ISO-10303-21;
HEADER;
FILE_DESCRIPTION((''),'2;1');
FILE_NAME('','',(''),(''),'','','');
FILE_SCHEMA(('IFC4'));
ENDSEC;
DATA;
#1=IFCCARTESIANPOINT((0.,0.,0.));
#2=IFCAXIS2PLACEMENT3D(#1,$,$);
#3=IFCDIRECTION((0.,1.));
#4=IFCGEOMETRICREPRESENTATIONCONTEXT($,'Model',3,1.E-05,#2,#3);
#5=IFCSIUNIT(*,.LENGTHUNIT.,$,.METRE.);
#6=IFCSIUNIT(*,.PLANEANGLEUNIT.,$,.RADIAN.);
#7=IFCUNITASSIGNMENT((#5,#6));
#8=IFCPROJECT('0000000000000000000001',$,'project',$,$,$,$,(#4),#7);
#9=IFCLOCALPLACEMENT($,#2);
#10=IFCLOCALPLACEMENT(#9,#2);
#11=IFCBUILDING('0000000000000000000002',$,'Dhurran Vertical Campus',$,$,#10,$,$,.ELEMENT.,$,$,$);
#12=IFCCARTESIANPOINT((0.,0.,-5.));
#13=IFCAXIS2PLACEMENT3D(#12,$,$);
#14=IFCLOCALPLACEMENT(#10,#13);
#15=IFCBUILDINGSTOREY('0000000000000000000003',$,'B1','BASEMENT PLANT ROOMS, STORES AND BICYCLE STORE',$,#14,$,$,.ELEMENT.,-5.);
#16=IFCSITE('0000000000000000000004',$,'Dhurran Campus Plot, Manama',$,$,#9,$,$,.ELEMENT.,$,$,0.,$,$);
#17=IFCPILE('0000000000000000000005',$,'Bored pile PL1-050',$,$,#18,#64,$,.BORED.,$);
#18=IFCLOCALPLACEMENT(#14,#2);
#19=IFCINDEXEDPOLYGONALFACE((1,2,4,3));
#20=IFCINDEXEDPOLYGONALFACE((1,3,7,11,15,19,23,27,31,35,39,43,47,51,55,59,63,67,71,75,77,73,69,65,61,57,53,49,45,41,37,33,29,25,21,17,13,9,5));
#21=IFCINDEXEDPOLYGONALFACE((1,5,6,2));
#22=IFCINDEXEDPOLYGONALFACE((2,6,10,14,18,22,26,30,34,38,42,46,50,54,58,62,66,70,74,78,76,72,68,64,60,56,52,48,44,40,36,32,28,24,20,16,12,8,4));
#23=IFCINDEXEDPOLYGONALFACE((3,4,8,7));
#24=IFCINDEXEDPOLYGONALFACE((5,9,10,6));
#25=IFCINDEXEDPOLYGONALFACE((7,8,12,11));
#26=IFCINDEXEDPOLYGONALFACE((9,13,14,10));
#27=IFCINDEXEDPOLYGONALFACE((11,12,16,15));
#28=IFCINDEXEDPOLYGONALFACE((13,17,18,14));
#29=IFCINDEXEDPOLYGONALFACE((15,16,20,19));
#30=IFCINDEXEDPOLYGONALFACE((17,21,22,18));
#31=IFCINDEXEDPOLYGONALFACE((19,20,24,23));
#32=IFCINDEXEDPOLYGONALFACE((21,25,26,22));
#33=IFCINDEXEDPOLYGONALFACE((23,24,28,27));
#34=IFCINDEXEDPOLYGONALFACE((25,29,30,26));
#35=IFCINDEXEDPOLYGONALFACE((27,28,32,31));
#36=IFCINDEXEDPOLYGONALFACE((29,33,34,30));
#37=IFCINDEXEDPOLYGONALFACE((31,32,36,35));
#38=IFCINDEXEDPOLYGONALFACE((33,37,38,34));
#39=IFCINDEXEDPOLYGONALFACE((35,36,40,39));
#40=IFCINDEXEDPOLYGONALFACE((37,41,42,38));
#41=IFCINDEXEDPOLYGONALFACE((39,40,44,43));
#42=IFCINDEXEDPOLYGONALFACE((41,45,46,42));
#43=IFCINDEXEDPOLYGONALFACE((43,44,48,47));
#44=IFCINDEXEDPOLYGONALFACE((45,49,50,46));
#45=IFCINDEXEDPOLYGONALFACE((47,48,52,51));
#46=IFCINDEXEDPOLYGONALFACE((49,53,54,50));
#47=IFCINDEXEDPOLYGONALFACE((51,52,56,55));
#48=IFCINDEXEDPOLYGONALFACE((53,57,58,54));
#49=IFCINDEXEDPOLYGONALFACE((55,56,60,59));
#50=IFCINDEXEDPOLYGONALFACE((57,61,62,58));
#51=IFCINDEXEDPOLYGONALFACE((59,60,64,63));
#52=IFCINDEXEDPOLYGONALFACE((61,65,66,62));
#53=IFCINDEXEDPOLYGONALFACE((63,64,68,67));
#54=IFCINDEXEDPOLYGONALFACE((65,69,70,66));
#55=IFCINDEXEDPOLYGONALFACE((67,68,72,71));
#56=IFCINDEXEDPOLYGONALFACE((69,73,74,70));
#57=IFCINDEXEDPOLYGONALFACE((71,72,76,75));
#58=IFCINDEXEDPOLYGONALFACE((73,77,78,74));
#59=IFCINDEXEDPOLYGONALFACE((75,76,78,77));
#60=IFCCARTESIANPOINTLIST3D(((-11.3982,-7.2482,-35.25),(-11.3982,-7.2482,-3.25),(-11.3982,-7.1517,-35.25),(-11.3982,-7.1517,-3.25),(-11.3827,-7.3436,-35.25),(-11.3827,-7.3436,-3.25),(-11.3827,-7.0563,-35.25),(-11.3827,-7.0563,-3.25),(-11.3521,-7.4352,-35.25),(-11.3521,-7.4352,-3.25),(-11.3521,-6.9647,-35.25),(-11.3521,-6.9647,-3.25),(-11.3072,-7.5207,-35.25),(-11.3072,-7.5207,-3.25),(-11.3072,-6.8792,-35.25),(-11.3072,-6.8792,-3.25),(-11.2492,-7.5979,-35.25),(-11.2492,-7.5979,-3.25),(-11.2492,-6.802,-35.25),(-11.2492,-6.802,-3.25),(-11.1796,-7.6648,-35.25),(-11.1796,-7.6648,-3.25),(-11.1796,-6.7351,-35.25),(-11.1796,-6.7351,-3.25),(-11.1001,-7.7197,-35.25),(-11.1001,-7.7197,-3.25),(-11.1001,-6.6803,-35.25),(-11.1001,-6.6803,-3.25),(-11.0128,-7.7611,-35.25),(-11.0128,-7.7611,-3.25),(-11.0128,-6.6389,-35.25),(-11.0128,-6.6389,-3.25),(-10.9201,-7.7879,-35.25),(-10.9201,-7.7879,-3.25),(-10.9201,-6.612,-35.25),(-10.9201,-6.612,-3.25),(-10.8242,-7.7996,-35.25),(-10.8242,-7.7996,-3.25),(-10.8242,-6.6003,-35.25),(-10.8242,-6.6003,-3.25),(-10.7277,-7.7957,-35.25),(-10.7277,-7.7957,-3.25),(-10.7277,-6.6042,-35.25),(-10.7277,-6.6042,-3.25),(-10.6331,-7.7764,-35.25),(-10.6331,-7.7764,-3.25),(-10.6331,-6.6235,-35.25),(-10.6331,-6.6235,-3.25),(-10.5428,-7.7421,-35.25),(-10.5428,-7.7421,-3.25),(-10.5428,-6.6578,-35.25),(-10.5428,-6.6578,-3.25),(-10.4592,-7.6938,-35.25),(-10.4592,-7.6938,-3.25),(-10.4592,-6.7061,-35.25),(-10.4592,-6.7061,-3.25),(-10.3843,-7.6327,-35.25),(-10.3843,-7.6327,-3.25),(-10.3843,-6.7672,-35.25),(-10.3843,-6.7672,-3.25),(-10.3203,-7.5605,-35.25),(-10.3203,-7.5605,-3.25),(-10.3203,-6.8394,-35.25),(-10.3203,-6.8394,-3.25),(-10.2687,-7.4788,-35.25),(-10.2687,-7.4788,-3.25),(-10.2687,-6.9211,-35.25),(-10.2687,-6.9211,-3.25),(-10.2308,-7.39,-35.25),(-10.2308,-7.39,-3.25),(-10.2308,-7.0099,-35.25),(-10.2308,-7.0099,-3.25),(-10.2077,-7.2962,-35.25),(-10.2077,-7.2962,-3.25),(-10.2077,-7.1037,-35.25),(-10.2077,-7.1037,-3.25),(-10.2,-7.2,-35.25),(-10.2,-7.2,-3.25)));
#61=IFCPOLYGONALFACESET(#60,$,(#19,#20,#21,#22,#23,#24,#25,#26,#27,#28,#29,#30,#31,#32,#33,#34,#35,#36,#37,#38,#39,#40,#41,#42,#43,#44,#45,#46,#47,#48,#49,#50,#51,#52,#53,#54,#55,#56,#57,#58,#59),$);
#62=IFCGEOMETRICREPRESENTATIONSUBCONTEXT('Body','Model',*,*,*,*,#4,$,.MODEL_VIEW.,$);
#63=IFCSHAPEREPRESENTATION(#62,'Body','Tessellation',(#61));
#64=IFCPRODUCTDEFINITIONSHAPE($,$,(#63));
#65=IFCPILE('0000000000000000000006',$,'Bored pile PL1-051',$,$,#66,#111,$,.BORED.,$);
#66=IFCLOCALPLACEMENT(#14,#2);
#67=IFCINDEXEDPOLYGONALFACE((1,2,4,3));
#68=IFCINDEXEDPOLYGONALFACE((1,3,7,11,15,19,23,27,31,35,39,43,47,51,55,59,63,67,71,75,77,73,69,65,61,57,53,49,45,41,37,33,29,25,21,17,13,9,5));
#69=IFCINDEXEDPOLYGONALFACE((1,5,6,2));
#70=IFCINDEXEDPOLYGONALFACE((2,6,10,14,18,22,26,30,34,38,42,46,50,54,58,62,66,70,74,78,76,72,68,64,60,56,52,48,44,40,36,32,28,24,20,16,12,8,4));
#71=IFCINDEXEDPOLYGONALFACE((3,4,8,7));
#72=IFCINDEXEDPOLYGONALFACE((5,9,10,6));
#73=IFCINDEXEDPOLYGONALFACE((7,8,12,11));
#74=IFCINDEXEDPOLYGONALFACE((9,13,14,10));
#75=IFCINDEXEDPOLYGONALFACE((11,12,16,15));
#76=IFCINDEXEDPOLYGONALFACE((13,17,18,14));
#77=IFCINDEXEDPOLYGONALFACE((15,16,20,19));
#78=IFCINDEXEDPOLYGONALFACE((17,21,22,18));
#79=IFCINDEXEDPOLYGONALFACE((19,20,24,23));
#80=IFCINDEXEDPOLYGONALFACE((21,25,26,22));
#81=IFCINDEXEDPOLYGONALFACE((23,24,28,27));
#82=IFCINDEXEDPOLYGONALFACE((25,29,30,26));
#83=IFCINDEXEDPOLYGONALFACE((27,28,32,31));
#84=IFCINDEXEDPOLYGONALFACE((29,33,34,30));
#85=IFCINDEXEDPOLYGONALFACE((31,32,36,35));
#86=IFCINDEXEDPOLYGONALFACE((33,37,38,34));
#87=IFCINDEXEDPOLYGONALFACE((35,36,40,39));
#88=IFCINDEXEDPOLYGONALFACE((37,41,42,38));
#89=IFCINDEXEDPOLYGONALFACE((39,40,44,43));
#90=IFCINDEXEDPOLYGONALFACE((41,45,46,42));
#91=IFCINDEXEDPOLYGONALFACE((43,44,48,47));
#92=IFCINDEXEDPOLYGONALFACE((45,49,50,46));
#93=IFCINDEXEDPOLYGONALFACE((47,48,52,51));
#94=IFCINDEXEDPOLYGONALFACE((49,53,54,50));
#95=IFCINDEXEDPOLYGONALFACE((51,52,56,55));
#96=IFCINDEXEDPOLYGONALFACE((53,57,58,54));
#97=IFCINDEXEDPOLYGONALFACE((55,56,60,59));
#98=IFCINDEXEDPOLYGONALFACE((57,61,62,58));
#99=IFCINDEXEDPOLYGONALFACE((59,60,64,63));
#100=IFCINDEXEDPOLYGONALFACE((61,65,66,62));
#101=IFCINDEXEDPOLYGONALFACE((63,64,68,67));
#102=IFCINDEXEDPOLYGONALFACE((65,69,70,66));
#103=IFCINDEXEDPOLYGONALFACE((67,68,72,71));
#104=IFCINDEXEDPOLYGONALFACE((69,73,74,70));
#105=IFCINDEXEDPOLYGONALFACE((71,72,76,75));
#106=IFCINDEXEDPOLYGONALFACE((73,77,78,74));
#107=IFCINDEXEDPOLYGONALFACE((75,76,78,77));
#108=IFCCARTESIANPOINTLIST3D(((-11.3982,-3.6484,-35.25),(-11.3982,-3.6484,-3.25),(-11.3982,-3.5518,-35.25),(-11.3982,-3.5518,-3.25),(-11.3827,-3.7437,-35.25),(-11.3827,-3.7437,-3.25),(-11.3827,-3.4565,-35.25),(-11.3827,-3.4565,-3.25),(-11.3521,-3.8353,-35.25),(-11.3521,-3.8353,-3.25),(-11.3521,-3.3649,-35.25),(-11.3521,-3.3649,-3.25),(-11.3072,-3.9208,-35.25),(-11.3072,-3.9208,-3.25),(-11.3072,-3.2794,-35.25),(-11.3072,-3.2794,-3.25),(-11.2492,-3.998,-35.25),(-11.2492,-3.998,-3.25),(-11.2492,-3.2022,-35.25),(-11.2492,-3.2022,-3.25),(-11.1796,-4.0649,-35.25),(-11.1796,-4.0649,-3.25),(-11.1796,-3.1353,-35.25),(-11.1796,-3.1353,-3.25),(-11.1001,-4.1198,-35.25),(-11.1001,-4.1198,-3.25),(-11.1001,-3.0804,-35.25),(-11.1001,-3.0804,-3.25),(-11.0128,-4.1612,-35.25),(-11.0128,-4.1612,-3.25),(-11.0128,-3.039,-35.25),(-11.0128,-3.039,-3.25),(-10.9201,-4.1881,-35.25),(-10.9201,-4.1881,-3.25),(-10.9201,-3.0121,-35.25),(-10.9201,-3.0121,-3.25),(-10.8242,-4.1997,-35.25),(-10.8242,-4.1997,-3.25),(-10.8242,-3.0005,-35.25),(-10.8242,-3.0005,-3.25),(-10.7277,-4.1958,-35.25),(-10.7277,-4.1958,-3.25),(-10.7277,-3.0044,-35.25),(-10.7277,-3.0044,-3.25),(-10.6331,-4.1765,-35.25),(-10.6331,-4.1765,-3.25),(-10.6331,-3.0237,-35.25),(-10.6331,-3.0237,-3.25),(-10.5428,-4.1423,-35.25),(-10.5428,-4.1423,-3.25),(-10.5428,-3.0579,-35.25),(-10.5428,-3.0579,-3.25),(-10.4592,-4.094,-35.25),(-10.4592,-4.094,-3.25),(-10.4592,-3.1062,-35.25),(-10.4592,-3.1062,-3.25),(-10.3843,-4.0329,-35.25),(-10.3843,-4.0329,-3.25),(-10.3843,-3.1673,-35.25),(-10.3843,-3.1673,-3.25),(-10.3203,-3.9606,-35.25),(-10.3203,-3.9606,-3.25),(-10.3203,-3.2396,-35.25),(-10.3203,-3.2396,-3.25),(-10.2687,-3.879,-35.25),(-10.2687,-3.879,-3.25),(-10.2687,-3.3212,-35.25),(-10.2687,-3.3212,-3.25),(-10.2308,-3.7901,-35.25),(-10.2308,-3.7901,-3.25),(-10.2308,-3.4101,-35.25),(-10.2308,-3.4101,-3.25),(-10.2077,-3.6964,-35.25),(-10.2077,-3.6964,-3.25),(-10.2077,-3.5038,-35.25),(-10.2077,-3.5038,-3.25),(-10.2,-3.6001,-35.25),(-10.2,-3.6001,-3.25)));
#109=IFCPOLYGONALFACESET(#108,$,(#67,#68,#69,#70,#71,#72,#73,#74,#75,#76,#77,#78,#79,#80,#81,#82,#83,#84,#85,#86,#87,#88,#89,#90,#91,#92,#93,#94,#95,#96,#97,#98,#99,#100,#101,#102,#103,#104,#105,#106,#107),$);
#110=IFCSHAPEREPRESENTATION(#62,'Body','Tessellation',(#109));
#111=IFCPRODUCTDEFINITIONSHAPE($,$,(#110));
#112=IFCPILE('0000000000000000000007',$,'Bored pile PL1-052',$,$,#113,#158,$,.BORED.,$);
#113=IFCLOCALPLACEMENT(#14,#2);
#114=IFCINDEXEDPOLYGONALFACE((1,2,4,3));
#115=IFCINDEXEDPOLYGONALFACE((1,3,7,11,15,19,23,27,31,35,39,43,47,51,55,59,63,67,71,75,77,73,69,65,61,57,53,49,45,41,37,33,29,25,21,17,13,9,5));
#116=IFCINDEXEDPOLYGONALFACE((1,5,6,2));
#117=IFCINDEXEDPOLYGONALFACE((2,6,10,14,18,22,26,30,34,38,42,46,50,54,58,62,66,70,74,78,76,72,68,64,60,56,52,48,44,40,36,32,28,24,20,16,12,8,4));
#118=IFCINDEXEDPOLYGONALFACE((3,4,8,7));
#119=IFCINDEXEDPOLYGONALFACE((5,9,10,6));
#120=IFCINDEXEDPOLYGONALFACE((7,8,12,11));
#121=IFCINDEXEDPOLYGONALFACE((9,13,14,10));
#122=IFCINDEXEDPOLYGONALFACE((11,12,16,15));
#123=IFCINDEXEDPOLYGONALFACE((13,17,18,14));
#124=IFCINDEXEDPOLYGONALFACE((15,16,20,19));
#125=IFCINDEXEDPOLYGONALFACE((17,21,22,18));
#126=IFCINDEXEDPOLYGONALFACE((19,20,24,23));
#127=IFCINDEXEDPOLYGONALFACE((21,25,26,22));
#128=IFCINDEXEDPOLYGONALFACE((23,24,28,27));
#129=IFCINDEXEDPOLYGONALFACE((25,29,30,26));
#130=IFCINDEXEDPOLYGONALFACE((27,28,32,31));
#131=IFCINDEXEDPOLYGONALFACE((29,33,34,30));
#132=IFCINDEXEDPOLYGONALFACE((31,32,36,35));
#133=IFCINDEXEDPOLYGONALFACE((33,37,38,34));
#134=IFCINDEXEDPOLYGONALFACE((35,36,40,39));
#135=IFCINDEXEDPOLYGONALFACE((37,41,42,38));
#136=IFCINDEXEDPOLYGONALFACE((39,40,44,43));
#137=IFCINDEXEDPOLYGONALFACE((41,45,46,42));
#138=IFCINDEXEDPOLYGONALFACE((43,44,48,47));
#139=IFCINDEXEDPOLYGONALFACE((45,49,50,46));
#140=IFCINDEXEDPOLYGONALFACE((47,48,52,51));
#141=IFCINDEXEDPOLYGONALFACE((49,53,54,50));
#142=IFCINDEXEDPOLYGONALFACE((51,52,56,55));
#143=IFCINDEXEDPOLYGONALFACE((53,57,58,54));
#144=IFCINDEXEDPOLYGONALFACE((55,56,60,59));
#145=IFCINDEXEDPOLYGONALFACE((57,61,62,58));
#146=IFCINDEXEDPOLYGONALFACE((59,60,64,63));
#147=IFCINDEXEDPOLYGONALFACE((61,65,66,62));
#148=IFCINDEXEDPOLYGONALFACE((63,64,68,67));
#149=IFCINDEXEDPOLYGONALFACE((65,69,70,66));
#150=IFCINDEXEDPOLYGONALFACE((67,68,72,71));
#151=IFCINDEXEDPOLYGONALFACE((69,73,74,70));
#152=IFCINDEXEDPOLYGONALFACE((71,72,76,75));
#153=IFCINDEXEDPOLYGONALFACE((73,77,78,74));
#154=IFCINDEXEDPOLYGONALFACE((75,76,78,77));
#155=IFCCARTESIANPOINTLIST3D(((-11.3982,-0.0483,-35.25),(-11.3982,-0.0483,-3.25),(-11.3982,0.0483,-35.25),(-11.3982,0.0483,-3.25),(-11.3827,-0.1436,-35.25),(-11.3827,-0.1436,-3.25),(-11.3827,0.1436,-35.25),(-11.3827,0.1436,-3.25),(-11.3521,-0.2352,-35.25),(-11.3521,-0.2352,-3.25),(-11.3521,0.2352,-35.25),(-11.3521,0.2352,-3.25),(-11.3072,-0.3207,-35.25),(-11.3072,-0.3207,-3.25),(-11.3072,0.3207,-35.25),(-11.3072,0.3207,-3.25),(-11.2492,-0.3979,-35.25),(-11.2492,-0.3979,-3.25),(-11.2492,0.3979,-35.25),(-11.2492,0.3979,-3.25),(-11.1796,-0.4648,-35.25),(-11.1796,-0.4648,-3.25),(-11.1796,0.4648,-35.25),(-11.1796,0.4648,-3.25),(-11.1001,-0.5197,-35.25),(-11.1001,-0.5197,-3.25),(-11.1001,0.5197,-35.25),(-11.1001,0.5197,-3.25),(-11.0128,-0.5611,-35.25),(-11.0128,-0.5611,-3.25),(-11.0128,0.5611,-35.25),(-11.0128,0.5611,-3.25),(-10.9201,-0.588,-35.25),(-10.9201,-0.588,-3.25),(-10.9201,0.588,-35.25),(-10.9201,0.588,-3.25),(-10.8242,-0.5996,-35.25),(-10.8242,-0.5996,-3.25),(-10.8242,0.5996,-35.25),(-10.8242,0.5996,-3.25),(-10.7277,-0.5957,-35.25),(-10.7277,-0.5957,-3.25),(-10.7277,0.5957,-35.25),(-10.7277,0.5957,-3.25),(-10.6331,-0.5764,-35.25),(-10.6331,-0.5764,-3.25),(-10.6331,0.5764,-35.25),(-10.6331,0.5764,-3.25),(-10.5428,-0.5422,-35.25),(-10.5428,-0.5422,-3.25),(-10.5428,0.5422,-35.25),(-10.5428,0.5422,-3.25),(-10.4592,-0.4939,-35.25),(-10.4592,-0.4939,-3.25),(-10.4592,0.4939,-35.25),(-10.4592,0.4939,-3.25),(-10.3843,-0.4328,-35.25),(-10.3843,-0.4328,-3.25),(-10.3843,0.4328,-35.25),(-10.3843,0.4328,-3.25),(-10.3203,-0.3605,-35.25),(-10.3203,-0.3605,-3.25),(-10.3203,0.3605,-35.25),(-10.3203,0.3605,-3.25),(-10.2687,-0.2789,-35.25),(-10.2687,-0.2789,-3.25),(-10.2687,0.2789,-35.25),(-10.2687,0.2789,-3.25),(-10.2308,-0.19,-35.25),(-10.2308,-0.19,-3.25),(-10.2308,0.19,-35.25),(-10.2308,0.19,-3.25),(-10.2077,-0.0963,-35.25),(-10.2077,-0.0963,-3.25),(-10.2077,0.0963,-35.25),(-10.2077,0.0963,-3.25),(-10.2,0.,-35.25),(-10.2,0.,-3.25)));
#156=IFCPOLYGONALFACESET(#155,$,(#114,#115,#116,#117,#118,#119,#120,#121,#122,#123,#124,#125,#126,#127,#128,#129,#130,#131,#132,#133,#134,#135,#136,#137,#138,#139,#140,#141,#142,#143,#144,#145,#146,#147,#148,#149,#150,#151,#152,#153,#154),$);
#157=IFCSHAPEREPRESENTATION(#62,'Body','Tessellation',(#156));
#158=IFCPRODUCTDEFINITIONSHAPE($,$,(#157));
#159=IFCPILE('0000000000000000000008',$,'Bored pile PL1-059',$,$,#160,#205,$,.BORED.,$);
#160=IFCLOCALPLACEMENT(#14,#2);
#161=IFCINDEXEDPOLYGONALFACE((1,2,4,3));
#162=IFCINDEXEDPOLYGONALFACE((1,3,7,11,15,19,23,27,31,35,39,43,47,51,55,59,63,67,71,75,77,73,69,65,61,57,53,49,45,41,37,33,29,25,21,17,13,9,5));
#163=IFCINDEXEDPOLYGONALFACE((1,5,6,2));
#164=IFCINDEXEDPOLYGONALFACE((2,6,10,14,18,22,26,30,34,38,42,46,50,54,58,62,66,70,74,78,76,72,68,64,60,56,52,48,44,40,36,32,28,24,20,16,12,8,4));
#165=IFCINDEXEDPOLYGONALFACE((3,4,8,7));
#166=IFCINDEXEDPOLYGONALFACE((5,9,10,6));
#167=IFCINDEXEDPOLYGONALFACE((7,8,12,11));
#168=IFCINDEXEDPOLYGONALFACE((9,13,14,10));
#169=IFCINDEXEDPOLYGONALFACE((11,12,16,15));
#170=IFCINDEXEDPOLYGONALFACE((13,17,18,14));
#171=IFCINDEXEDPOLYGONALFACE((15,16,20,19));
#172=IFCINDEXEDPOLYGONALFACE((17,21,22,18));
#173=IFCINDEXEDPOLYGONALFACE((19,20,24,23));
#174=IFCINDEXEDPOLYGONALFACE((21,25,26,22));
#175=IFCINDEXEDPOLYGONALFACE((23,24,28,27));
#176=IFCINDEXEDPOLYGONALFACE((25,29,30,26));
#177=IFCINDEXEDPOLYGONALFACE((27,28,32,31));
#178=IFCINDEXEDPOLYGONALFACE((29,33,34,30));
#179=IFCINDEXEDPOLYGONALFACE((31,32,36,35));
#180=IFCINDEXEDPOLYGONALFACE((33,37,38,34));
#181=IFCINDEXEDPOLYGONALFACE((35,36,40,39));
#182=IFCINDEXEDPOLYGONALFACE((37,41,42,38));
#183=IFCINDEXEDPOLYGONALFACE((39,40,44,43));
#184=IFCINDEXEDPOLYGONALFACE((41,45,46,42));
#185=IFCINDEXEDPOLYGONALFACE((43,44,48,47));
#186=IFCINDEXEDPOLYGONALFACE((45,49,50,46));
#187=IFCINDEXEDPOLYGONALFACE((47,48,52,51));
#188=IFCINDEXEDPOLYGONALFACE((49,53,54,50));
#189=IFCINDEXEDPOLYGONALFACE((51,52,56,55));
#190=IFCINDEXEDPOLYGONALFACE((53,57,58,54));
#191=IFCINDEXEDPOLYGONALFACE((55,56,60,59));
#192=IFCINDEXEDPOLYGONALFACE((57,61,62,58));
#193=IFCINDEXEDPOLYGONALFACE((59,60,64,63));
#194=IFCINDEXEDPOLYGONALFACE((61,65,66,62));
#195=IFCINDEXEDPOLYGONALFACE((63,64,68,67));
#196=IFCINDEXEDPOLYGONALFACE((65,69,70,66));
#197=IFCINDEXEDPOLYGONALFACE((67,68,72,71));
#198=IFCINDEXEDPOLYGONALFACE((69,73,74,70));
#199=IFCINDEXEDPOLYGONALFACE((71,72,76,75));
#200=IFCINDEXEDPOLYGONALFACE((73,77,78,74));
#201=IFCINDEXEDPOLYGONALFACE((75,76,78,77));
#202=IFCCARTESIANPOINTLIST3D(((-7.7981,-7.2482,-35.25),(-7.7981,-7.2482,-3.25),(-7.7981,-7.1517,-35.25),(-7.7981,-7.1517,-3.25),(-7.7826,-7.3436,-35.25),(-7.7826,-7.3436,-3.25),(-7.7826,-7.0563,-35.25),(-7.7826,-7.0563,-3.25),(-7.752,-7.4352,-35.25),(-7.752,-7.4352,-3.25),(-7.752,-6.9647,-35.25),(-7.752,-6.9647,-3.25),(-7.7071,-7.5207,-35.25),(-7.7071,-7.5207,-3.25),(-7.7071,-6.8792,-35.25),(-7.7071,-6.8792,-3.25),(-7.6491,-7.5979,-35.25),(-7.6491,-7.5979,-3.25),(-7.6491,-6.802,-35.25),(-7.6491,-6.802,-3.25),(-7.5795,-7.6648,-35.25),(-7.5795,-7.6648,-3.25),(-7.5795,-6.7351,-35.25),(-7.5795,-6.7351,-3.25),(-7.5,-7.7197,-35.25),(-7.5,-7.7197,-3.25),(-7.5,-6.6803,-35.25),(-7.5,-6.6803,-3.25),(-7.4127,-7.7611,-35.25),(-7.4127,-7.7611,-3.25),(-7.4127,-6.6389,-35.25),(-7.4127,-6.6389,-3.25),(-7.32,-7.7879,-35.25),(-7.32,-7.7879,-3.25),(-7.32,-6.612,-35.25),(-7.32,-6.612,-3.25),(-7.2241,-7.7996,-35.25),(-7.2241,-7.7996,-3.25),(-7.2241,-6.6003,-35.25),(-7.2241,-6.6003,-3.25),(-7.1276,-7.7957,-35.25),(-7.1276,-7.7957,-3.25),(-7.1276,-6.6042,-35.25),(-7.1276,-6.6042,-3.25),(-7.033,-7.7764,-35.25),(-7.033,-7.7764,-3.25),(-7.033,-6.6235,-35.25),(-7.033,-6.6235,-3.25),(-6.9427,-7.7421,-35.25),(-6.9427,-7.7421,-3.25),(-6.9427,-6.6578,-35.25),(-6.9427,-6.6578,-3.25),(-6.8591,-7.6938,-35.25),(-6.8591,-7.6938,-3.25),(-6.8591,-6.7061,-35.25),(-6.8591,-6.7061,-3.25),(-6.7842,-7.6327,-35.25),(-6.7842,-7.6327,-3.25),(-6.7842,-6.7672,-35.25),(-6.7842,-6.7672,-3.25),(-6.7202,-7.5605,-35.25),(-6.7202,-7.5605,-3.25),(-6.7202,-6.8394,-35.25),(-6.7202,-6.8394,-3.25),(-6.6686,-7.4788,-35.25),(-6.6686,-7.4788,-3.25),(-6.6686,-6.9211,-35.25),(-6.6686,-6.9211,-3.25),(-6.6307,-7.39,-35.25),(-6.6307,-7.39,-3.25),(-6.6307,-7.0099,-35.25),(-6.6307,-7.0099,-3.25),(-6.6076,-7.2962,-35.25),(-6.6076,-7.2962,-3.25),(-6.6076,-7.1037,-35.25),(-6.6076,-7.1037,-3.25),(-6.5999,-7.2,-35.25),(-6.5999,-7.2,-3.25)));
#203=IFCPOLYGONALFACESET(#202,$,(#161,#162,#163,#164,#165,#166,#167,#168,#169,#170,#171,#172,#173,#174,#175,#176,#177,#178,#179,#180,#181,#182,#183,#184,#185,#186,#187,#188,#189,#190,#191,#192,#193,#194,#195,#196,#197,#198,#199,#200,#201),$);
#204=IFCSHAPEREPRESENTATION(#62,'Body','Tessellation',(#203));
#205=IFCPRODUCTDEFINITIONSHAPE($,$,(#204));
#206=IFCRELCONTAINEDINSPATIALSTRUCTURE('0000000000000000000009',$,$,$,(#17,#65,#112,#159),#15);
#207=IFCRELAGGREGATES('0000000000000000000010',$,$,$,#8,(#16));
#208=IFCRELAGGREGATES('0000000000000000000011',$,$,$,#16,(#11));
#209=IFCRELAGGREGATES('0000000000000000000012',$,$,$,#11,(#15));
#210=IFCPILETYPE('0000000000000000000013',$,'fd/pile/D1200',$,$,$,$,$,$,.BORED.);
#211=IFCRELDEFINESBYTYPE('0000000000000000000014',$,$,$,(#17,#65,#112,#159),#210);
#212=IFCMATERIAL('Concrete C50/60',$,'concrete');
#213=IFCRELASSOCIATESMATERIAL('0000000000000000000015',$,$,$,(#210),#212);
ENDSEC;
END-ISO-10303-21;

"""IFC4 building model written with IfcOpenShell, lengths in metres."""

from ifc_helpers import new_model, si_unit, direction, frame, origin, origin_2d, place, context, subcontext, project, spatial, circle, extrude, material, material_profile, profile_set, type_object, element, save


model = new_model("IFC4")

# Units and contexts
model_context = context("Model", 3, precision=1e-05, world=origin(), true_north=direction((0.0, 1.0)))
body_context = subcontext(model_context, "Body", "Model", "MODEL_VIEW")
ifc_project = project(units=[si_unit("LENGTHUNIT", "METRE"), si_unit("PLANEANGLEUNIT", "RADIAN")], contexts=[model_context])

# Site, building, storey
site_placement = place(None, origin())
site = spatial("IfcSite", under=ifc_project, at=site_placement, Name="Dhurran Campus Plot, Manama", CompositionType="ELEMENT", RefElevation=0.0)
building_placement = place(site_placement, origin())
building = spatial("IfcBuilding", under=site, at=building_placement, Name="Dhurran Vertical Campus", CompositionType="ELEMENT")
storey_placement = place(building_placement, frame((0.0, 0.0, -5.0)))
storey = spatial("IfcBuildingStorey", under=building, at=storey_placement, Name="B1", Description="BASEMENT PLANT ROOMS, STORES AND BICYCLE STORE", CompositionType="ELEMENT", Elevation=-5.0)

# Piles
ifc_material_1 = material(Name="Concrete C50/60", Category="concrete")
ifc_material_profile = material_profile(ifc_material_1, circle(Radius=0.6001, at=origin_2d()), Name="fd/pile/D1200")
ifc_profile_set = profile_set([ifc_material_profile], Name="Concrete C50/60")
pile_type = type_object("IfcPileType", Name="fd/pile/D1200", PredefinedType="BORED", material=ifc_profile_set)
for number, where, z_axis, x_axis, name in (
    (1, (-10.8, -7.2, -3.25), (0.0, 0.0, -1.0), (1.0, 0.0, 0.0), "Bored pile PL1-050"),
    (2, (-10.8, -3.6001, -3.25), (0.0, 0.0, -1.0), (1.0, 0.0, 0.0), "Bored pile PL1-051"),
    (3, (-10.8, 0.0, -3.25), (0.0, 0.0, -1.0), (1.0, 0.0, 0.0), "Bored pile PL1-052"),
    (4, (-7.2, -7.2, -3.25), (0.0, 0.0, -1.0), (1.0, 0.0, 0.0), "Bored pile PL1-059"),
):
    element("IfcPile", number, at=place(storey_placement, frame(where, z_axis=z_axis, x_axis=x_axis)), inside=storey, type_object=pile_type, Name=name, PredefinedType="BORED", context=body_context, shape_type="SweptSolid", body=[
        extrude(circle(Radius=0.6001, at=origin_2d()), origin(), (0.0, 0.0, 1.0), 32.0),
    ])

save(model, "model.ifc")
